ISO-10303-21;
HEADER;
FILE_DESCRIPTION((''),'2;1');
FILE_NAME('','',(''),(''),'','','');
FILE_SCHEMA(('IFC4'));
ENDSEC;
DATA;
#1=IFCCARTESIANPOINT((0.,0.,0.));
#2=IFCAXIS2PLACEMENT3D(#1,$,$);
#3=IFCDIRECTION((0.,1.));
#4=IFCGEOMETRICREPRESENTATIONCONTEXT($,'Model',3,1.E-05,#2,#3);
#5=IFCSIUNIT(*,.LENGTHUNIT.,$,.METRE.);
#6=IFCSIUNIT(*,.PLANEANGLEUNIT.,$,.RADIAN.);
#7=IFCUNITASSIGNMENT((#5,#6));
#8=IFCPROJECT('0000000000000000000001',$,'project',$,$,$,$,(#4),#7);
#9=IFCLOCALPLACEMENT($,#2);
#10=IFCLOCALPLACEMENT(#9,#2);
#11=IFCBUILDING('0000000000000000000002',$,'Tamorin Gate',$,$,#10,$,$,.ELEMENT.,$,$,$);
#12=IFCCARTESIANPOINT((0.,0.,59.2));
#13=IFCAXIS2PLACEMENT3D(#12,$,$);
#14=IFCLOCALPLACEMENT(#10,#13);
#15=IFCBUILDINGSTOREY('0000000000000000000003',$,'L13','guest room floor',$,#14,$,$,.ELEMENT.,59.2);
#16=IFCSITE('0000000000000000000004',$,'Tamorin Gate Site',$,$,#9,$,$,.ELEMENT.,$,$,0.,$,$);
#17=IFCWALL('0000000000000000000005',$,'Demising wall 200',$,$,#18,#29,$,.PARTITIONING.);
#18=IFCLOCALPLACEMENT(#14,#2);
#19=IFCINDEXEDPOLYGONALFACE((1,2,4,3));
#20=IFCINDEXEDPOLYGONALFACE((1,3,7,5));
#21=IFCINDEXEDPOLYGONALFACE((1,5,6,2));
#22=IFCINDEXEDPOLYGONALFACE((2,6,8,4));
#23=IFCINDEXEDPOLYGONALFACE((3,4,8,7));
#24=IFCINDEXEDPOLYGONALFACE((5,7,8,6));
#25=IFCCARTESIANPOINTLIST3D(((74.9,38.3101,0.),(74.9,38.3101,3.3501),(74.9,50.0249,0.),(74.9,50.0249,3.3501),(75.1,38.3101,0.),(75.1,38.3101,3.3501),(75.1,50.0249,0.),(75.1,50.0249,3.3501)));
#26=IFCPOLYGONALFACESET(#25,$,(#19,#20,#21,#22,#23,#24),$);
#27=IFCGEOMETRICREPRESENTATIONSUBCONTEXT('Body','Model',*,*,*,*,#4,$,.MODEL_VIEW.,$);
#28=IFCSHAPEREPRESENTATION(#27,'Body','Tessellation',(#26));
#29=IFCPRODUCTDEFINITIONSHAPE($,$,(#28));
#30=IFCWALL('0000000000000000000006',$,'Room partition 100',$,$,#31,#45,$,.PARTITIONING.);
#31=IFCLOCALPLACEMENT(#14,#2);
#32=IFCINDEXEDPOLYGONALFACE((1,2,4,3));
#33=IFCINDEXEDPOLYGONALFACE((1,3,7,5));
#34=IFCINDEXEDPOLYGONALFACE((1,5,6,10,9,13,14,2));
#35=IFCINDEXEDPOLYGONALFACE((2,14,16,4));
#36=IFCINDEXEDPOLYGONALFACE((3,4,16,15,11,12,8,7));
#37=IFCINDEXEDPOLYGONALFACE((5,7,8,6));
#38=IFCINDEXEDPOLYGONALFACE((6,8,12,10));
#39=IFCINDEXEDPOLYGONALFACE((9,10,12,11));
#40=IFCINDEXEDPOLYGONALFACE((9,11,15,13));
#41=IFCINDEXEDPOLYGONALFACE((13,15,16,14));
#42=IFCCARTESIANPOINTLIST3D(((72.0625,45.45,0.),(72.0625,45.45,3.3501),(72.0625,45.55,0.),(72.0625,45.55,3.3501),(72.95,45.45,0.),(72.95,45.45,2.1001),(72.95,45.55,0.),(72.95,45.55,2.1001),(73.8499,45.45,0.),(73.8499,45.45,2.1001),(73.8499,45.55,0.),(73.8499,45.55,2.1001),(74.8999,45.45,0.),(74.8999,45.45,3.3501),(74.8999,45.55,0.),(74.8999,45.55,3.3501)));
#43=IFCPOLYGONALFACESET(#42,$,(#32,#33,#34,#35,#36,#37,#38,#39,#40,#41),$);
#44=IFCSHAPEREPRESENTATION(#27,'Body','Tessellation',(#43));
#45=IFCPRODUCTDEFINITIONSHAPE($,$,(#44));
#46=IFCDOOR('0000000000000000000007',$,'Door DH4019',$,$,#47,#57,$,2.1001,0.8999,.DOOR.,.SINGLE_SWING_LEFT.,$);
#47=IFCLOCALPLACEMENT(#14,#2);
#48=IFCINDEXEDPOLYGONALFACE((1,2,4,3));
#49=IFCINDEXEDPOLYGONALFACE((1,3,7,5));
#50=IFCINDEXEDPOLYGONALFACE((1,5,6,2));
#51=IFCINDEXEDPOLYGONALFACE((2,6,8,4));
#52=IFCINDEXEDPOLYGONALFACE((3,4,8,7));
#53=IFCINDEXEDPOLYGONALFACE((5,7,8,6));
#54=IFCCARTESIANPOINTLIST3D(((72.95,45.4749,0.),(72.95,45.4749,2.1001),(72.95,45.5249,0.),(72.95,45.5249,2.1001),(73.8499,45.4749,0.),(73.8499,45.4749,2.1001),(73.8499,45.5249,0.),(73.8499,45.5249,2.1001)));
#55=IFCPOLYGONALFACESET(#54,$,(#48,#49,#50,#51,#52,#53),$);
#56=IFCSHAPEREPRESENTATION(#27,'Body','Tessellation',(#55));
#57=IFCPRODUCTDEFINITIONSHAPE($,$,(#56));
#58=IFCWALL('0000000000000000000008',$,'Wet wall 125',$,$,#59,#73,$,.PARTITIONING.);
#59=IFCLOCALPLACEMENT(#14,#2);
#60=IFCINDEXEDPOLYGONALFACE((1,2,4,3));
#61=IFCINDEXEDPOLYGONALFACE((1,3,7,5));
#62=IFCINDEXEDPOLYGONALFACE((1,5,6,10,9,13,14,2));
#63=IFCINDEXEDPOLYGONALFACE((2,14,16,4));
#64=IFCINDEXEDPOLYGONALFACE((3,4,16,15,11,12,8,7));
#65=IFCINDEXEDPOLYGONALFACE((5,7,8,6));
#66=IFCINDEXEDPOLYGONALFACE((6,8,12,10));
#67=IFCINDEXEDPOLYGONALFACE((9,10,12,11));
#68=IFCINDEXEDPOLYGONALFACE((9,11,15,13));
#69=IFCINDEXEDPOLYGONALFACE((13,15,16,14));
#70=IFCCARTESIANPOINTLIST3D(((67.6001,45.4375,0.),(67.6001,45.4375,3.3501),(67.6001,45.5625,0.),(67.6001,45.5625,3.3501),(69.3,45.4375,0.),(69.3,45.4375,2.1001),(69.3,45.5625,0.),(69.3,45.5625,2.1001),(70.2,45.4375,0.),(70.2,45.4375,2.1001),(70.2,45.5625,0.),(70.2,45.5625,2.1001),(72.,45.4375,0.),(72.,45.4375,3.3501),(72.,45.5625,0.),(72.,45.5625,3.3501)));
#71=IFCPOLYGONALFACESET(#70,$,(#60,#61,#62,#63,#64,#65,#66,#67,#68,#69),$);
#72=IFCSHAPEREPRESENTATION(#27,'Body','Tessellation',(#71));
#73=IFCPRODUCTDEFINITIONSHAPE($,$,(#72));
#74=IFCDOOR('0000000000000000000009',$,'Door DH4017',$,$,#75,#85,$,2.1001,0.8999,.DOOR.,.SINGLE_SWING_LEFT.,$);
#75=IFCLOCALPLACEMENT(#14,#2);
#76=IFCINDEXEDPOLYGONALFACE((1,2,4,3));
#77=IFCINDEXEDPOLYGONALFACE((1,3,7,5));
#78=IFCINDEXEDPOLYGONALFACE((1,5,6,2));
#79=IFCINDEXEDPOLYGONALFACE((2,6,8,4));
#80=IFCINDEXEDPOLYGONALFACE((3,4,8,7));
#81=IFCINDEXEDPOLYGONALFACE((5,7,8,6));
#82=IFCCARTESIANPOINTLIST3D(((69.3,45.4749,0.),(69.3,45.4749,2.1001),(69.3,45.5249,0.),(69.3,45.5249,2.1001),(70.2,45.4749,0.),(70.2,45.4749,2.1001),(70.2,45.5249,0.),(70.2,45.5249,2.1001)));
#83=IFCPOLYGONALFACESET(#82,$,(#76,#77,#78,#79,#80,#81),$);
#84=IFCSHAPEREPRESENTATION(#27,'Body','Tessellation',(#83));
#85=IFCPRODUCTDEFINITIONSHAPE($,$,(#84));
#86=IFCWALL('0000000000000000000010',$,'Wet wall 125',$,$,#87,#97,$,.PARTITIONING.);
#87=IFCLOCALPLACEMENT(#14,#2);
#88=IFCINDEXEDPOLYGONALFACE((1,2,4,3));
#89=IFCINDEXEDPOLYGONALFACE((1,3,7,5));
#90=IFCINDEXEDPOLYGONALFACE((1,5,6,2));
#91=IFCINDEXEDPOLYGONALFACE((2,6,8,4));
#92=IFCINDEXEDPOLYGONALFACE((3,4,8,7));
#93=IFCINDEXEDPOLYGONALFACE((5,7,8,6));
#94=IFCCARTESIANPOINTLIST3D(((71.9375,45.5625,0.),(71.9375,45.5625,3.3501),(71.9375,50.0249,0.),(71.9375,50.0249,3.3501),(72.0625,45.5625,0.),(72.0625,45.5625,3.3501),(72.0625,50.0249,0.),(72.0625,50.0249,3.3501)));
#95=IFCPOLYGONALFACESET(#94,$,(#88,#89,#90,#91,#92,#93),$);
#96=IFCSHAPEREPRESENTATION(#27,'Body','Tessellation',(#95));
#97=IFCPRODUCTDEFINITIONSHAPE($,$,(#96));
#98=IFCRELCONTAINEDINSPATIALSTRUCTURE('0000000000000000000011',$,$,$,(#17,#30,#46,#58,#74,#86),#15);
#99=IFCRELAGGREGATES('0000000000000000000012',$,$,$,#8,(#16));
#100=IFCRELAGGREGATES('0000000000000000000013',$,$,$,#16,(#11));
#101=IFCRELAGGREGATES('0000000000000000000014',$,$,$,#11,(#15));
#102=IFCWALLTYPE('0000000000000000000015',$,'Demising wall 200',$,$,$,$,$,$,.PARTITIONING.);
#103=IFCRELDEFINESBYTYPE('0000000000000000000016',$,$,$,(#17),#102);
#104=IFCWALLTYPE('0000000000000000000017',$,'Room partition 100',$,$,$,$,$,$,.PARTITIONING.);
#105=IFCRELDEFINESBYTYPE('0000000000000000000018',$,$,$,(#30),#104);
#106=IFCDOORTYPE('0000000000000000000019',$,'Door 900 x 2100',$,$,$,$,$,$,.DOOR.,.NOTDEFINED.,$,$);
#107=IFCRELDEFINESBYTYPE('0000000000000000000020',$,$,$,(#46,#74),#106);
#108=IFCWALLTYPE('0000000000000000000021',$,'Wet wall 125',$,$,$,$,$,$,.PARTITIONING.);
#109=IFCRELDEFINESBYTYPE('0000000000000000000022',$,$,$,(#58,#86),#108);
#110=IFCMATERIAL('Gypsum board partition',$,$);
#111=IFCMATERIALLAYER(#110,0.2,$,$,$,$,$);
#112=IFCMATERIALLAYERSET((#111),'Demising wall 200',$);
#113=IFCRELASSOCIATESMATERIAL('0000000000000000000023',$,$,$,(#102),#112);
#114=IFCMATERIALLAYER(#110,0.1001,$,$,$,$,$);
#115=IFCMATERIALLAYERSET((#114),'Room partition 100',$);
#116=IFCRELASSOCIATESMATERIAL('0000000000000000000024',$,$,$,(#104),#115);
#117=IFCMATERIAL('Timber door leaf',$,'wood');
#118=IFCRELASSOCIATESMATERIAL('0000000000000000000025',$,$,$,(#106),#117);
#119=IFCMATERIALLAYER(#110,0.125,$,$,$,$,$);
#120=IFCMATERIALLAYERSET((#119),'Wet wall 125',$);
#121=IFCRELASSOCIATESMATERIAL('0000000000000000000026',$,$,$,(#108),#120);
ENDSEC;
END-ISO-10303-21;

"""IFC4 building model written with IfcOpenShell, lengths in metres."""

from ifc_helpers import new_model, si_unit, direction, frame, frame_2d, origin, place, context, subcontext, project, spatial, rectangle, extrude, material, layer, layer_set, type_object, element, fill, save


model = new_model("IFC4")

# Units and contexts
model_context = context("Model", 3, precision=1e-05, world=origin(), true_north=direction((0.0, 1.0)))
body_context = subcontext(model_context, "Body", "Model", "MODEL_VIEW")
ifc_project = project(units=[si_unit("LENGTHUNIT", "METRE"), si_unit("PLANEANGLEUNIT", "RADIAN")], contexts=[model_context])

# Site, building, storey
site_placement = place(None, origin())
site = spatial("IfcSite", under=ifc_project, at=site_placement, Name="Tamorin Gate Site", CompositionType="ELEMENT", RefElevation=0.0)
building_placement = place(site_placement, origin())
building = spatial("IfcBuilding", under=site, at=building_placement, Name="Tamorin Gate", CompositionType="ELEMENT")
storey_placement = place(building_placement, frame((0.0, 0.0, 59.2)))
storey = spatial("IfcBuildingStorey", under=building, at=storey_placement, Name="L13", Description="guest room floor", CompositionType="ELEMENT", Elevation=59.2)

# Wall
ifc_material_1 = material(Name="Gypsum board partition")
ifc_layer_1 = layer(ifc_material_1, 0.2)
ifc_layer_set_1 = layer_set([ifc_layer_1], Name="Demising wall 200")
wall_type_1 = type_object("IfcWallType", Name="Demising wall 200", PredefinedType="PARTITIONING", material=ifc_layer_set_1)
wall_1_placement = place(storey_placement, frame((75.0, 38.3101, 0.0), z_axis=(0.0, 0.0, 1.0), x_axis=(0.0, 1.0, 0.0)))
element("IfcWall", 1, at=wall_1_placement, inside=storey, type_object=wall_type_1, Name="Demising wall 200", PredefinedType="PARTITIONING", context=body_context, shape_type="SweptSolid", body=[
    extrude(rectangle(XDim=11.7148, YDim=0.2, at=frame_2d((5.8574, 0.0))), origin(), (0.0, 0.0, 1.0), 3.3501),
])

# Walls, openings, doors
ifc_layer_2 = layer(ifc_material_1, 0.1001)
ifc_layer_set_2 = layer_set([ifc_layer_2], Name="Room partition 100")
wall_type_2 = type_object("IfcWallType", Name="Room partition 100", PredefinedType="PARTITIONING", material=ifc_layer_set_2)
wall_2_placement = place(storey_placement, frame((72.0625, 45.5, 0.0), z_axis=(0.0, 0.0, 1.0), x_axis=(1.0, 0.0, 0.0)))
wall_2 = element("IfcWall", 2, at=wall_2_placement, inside=storey, type_object=wall_type_2, Name="Room partition 100", PredefinedType="PARTITIONING", context=body_context, shape_type="SweptSolid", body=[
    extrude(rectangle(XDim=2.8374, YDim=0.1001, at=frame_2d((1.4187, 0.0))), origin(), (0.0, 0.0, 1.0), 3.3501),
])
opening_1_placement = place(wall_2_placement, frame((0.8875, 0.0, 0.0)))
opening_1 = element("IfcOpeningElement", 3, at=opening_1_placement, cuts=wall_2, PredefinedType="OPENING", context=body_context, shape_type="SweptSolid", body=[
    extrude(rectangle(XDim=0.8999, YDim=2.1001, at=frame_2d((0.45, 1.05))), frame((0.0, 0.0601, 0.0), z_axis=(0.0, -1.0, 0.0), x_axis=(1.0, 0.0, 0.0)), (0.0, 0.0, 1.0), 0.1201),
])
ifc_material_2 = material(Name="Timber door leaf", Category="wood")
door_type = type_object("IfcDoorType", Name="Door 900 x 2100", OperationType="NOTDEFINED", PredefinedType="DOOR", material=ifc_material_2)
door_1_placement = place(opening_1_placement, origin())
door_1 = element("IfcDoor", 4, at=door_1_placement, inside=storey, type_object=door_type, Name="Door DH4019", OperationType="SINGLE_SWING_LEFT", OverallHeight=2.1001, OverallWidth=0.8999, PredefinedType="DOOR", context=body_context, shape_type="SweptSolid", body=[
    extrude(rectangle(XDim=0.8999, YDim=2.1001, at=frame_2d((0.45, 1.05))), frame((0.0, 0.0249, 0.0), z_axis=(0.0, -1.0, 0.0), x_axis=(1.0, 0.0, 0.0)), (0.0, 0.0, 1.0), 0.05),
])
fill(opening_1, door_1)
ifc_layer_3 = layer(ifc_material_1, 0.125)
ifc_layer_set_3 = layer_set([ifc_layer_3], Name="Wet wall 125")
wall_type_3 = type_object("IfcWallType", Name="Wet wall 125", PredefinedType="PARTITIONING", material=ifc_layer_set_3)
wall_3_placement = place(storey_placement, frame((67.6001, 45.5, 0.0), z_axis=(0.0, 0.0, 1.0), x_axis=(1.0, 0.0, 0.0)))
wall_3 = element("IfcWall", 5, at=wall_3_placement, inside=storey, type_object=wall_type_3, Name="Wet wall 125", PredefinedType="PARTITIONING", context=body_context, shape_type="SweptSolid", body=[
    extrude(rectangle(XDim=4.3999, YDim=0.125, at=frame_2d((2.2, 0.0))), origin(), (0.0, 0.0, 1.0), 3.3501),
])
opening_2_placement = place(wall_3_placement, frame((1.7, 0.0, 0.0)))
opening_2 = element("IfcOpeningElement", 6, at=opening_2_placement, cuts=wall_3, PredefinedType="OPENING", context=body_context, shape_type="SweptSolid", body=[
    extrude(rectangle(XDim=0.8999, YDim=2.1001, at=frame_2d((0.45, 1.05))), frame((0.0, 0.0725, 0.0), z_axis=(0.0, -1.0, 0.0), x_axis=(1.0, 0.0, 0.0)), (0.0, 0.0, 1.0), 0.145),
])
door_2_placement = place(opening_2_placement, origin())
door_2 = element("IfcDoor", 7, at=door_2_placement, inside=storey, type_object=door_type, Name="Door DH4017", OperationType="SINGLE_SWING_LEFT", OverallHeight=2.1001, OverallWidth=0.8999, PredefinedType="DOOR", context=body_context, shape_type="SweptSolid", body=[
    extrude(rectangle(XDim=0.8999, YDim=2.1001, at=frame_2d((0.45, 1.05))), frame((0.0, 0.0249, 0.0), z_axis=(0.0, -1.0, 0.0), x_axis=(1.0, 0.0, 0.0)), (0.0, 0.0, 1.0), 0.05),
])
fill(opening_2, door_2)

# Wall
wall_4_placement = place(storey_placement, frame((72.0, 45.5625, 0.0), z_axis=(0.0, 0.0, 1.0), x_axis=(0.0, 1.0, 0.0)))
element("IfcWall", 8, at=wall_4_placement, inside=storey, type_object=wall_type_3, Name="Wet wall 125", PredefinedType="PARTITIONING", context=body_context, shape_type="SweptSolid", body=[
    extrude(rectangle(XDim=4.4624, YDim=0.125, at=frame_2d((2.2312, 0.0))), origin(), (0.0, 0.0, 1.0), 3.3501),
])

save(model, "model.ifc")
